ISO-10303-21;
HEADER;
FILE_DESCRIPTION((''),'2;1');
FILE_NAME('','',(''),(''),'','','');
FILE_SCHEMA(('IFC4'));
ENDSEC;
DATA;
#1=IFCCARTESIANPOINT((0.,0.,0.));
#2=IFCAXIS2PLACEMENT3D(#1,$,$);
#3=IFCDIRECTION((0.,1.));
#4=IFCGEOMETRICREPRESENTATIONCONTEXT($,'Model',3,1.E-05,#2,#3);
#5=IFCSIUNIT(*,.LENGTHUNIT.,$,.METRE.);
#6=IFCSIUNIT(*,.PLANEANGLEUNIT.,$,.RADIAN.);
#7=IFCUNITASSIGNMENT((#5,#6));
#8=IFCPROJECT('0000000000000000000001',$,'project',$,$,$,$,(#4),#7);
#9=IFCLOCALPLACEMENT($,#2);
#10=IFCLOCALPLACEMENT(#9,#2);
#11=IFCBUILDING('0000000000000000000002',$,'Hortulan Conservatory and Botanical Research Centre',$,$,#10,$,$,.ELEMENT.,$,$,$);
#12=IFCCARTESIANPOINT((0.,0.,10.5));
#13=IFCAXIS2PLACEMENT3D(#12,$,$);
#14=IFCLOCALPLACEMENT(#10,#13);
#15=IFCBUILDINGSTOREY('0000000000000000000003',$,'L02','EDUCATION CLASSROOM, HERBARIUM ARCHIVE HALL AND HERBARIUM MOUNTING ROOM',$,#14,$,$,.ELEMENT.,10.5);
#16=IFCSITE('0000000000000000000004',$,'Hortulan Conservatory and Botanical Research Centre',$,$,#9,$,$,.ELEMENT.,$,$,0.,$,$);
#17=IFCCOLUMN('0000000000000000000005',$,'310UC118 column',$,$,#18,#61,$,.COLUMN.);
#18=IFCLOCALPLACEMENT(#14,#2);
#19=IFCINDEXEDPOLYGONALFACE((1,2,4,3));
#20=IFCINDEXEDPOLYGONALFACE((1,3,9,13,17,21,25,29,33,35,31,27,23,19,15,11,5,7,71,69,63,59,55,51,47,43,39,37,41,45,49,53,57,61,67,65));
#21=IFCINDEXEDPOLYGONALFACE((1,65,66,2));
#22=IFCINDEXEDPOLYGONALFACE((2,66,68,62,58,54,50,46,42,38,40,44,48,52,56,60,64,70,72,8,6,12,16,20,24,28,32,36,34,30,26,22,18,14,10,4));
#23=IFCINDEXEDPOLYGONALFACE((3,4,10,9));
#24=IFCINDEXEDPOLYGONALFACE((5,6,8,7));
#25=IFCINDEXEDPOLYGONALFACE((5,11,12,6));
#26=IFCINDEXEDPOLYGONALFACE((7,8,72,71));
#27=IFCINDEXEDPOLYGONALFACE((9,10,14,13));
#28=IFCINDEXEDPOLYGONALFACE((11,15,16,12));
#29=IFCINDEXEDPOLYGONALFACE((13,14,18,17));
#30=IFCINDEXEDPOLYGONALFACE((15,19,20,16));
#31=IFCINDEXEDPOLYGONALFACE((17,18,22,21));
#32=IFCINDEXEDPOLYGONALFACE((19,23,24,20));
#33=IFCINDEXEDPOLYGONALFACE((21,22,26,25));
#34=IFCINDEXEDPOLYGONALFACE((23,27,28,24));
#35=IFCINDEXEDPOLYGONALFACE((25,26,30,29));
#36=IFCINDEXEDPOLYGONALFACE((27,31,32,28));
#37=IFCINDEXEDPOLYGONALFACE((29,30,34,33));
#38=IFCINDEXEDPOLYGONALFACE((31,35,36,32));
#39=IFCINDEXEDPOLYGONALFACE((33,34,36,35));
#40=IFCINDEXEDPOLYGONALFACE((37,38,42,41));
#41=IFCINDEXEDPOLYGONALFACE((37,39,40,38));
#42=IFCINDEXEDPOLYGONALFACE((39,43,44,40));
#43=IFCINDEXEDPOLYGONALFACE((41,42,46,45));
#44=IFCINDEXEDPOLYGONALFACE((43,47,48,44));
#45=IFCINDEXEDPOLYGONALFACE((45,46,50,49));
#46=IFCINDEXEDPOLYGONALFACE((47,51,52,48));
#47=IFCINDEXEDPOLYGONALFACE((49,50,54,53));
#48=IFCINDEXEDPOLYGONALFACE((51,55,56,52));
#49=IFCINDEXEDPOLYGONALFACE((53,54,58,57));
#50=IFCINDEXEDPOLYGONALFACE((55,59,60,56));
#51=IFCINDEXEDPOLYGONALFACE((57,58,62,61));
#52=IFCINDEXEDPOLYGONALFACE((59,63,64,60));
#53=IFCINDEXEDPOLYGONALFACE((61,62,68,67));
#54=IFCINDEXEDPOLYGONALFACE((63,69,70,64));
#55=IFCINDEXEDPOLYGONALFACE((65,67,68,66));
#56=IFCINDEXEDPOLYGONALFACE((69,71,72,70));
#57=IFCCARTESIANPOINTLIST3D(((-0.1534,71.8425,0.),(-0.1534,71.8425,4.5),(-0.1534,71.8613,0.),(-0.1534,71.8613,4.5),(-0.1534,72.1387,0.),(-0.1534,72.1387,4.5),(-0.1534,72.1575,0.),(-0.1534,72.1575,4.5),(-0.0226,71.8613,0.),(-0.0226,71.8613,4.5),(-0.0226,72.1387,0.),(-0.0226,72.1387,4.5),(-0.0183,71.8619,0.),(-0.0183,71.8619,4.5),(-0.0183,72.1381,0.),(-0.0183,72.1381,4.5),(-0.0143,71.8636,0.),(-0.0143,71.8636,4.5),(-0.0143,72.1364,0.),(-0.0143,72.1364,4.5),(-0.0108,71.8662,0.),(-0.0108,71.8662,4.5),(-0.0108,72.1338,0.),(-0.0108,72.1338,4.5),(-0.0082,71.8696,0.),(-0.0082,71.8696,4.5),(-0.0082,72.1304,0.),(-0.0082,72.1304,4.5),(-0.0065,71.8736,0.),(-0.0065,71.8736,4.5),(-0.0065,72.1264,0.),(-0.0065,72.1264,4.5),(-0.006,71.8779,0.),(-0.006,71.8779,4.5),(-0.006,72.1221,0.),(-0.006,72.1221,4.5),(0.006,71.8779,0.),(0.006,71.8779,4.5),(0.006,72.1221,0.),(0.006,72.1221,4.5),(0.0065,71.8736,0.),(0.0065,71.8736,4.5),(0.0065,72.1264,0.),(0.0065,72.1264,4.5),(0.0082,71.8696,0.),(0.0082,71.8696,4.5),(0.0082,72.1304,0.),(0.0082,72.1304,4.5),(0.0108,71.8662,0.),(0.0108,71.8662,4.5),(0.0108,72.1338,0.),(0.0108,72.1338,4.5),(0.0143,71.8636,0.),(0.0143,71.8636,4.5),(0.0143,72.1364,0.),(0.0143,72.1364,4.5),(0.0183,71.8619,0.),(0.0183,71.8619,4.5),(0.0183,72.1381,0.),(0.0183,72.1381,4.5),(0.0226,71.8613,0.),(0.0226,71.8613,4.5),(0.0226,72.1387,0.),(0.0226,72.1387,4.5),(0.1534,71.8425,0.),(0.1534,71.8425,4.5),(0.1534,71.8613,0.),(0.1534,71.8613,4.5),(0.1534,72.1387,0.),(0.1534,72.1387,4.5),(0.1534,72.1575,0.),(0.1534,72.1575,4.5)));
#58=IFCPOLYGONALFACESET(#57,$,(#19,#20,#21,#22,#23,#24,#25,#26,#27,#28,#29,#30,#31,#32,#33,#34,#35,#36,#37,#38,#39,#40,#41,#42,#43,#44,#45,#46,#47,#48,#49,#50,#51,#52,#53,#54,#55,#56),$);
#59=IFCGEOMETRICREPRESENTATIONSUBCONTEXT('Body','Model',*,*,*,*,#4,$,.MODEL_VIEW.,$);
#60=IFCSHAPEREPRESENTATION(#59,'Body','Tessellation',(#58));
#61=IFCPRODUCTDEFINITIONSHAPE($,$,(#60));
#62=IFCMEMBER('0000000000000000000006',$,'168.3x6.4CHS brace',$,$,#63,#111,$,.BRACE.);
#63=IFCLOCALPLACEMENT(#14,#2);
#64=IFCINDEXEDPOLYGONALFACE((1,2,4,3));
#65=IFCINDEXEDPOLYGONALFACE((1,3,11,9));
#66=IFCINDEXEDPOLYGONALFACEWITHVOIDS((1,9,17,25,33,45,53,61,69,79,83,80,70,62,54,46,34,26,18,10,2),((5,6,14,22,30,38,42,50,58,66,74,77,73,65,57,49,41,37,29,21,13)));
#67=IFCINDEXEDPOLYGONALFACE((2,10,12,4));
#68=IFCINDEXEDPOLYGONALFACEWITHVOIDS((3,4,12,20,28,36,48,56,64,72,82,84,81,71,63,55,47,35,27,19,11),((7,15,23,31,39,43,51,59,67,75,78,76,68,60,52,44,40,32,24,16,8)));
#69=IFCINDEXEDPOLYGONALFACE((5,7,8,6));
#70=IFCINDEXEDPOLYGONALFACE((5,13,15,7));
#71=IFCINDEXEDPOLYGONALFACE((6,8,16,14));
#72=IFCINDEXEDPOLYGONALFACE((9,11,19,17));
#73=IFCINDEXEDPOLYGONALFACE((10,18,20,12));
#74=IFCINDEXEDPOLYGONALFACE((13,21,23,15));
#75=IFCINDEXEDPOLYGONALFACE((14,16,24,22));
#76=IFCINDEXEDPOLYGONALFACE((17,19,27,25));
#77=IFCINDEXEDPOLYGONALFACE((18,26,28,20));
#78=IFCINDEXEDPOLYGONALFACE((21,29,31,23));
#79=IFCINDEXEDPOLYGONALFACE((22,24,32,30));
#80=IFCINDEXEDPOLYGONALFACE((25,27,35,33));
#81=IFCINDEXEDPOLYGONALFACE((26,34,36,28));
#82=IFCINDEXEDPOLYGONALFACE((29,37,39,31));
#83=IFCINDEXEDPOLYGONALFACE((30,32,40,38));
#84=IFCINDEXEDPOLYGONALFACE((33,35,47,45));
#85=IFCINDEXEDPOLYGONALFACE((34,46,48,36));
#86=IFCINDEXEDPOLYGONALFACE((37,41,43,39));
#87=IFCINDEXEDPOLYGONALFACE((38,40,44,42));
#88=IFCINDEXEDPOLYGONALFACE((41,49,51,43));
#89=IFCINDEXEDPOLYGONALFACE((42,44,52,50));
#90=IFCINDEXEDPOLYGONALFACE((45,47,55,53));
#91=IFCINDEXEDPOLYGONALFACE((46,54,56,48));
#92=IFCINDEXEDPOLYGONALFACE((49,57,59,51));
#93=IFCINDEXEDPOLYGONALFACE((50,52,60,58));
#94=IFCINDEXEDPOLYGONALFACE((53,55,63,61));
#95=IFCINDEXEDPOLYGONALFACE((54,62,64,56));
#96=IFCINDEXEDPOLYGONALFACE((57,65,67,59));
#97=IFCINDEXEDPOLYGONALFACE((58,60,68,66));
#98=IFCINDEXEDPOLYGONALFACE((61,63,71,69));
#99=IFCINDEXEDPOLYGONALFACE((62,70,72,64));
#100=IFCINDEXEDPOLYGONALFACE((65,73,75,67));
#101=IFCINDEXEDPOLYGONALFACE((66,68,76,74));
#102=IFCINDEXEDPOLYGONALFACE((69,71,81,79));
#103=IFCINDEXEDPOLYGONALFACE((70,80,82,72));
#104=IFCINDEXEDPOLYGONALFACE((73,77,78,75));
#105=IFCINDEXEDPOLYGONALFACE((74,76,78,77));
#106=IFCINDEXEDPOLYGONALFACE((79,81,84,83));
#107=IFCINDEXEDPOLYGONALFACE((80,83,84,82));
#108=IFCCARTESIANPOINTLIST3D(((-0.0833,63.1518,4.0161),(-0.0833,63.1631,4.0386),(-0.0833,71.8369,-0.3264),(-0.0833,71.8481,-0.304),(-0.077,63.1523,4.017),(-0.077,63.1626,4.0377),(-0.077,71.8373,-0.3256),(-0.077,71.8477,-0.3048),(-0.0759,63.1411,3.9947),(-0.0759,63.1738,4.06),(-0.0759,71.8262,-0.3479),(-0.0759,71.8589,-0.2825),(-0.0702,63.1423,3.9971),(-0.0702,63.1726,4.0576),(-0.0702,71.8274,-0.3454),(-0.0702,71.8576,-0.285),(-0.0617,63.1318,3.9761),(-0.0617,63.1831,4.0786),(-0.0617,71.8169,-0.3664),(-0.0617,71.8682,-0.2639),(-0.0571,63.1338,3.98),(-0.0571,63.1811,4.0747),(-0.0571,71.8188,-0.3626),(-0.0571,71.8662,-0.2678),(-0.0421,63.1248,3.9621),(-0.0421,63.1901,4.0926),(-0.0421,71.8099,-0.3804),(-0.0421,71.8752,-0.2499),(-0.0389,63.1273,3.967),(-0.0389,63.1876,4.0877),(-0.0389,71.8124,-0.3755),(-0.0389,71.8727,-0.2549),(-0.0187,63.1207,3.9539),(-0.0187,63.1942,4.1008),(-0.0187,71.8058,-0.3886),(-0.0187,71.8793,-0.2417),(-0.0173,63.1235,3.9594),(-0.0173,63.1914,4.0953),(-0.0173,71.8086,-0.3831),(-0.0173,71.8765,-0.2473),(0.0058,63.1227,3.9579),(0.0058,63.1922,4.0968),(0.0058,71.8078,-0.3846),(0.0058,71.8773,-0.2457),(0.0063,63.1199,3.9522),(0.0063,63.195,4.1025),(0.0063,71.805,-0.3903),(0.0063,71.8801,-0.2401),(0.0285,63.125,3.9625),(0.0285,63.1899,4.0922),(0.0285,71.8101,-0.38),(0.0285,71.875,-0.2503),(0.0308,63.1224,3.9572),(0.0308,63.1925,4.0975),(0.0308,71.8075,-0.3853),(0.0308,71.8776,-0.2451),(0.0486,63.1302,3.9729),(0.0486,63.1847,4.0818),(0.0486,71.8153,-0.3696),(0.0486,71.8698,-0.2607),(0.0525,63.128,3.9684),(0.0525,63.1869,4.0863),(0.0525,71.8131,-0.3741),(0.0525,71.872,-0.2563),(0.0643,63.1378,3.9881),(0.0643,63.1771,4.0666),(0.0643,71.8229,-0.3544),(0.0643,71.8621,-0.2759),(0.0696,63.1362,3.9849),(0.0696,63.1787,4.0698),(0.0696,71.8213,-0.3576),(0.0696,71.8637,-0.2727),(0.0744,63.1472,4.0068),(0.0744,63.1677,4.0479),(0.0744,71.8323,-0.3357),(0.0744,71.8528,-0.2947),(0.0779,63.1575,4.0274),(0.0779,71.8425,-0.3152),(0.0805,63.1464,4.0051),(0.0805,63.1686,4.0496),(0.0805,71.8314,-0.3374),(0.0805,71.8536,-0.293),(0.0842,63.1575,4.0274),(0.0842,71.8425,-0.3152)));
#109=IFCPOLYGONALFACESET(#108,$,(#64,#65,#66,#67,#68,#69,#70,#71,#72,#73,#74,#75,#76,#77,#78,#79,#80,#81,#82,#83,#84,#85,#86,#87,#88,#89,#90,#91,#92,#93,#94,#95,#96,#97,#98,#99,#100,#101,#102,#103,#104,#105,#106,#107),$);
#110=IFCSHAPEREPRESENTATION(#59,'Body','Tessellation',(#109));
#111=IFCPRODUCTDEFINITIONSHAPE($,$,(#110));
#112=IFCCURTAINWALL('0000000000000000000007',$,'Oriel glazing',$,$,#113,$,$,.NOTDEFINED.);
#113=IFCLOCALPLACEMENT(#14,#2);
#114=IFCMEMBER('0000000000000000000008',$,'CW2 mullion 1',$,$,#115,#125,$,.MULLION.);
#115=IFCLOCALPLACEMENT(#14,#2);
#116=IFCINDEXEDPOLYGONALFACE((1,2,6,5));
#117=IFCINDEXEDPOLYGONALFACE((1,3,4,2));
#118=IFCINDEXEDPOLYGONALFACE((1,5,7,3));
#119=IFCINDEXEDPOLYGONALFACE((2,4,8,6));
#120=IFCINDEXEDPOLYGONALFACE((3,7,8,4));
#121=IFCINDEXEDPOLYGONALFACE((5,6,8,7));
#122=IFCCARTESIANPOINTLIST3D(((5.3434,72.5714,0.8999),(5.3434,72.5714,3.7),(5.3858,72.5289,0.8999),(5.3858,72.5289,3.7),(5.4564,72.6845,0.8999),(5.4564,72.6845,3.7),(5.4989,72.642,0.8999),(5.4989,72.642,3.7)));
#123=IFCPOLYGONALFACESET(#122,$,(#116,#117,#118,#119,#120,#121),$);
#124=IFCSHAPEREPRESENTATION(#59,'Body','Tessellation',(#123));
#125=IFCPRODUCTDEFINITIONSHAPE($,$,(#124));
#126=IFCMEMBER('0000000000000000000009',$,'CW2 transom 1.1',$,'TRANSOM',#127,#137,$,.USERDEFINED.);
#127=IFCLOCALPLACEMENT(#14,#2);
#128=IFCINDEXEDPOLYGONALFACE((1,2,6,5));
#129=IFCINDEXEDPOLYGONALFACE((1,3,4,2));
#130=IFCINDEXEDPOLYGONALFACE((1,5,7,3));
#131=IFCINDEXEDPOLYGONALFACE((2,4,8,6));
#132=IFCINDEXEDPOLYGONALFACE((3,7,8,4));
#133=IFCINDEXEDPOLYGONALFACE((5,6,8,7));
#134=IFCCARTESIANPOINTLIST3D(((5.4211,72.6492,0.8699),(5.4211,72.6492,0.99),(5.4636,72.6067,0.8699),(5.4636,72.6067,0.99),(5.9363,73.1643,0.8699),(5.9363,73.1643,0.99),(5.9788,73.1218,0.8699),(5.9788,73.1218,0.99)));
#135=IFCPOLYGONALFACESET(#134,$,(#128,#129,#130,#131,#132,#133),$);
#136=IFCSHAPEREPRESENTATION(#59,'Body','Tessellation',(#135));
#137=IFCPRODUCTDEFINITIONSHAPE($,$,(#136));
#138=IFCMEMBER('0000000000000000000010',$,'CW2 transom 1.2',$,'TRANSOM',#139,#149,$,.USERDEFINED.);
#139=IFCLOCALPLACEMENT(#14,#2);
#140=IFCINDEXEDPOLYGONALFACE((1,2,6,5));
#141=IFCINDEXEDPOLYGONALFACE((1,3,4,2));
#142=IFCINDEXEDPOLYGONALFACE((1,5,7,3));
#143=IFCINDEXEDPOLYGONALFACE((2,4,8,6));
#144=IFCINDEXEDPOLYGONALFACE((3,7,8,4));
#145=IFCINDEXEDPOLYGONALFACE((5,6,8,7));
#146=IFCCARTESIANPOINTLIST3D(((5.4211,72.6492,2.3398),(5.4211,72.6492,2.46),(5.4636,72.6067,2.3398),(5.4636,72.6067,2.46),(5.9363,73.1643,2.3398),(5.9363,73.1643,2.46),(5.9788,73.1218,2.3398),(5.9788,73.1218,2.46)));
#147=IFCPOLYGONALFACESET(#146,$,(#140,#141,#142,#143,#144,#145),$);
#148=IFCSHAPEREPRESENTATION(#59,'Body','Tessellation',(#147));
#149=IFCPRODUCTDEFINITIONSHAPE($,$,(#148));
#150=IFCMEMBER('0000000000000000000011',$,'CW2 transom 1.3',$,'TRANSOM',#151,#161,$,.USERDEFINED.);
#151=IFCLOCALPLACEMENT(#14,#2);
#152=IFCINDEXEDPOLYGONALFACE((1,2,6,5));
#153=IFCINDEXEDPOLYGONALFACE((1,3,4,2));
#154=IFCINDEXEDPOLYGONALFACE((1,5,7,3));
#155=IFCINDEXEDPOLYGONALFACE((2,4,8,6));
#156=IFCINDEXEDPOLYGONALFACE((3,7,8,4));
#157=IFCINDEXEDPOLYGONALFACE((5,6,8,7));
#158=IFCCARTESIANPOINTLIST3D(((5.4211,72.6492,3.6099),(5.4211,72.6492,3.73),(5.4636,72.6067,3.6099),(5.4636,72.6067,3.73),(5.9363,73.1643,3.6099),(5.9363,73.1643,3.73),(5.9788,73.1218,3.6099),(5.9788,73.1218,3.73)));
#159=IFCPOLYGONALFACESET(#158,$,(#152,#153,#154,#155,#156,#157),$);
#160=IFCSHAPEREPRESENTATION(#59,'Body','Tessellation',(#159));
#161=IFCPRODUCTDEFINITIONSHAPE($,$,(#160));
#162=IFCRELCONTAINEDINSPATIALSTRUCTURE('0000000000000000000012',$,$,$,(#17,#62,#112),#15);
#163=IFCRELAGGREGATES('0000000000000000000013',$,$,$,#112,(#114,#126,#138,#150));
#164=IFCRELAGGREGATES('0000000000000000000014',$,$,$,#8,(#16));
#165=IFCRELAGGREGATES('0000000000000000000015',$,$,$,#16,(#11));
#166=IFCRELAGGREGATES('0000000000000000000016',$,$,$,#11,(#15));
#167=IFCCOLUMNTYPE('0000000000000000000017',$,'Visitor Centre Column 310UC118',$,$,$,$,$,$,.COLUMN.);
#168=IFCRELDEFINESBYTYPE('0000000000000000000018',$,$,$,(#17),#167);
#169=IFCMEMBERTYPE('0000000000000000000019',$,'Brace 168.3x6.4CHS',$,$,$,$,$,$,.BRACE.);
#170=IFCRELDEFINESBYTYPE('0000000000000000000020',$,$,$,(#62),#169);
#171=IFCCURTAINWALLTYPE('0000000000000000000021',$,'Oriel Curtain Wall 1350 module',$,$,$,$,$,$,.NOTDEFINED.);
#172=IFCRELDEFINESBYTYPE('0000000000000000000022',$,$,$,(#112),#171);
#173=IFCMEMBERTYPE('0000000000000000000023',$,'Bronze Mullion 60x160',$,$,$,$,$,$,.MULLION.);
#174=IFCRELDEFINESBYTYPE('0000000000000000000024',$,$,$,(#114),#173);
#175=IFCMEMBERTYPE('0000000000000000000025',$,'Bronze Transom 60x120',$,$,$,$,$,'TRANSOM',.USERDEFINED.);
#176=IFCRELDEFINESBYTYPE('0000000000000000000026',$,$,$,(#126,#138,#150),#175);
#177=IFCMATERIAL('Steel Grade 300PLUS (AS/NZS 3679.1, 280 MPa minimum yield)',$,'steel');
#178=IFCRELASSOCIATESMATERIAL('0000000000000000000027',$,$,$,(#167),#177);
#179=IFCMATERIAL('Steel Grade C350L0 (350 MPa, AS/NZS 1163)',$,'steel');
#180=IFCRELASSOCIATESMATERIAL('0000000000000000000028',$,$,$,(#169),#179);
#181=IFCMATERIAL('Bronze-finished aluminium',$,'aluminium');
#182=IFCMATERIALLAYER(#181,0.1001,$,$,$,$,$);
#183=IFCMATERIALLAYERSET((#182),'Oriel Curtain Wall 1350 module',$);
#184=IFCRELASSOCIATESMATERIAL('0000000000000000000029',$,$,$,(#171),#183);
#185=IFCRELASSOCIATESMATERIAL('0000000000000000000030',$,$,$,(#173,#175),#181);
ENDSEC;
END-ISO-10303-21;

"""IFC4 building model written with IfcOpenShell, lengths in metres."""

from ifc_helpers import new_model, si_unit, direction, frame, origin, origin_2d, place, context, subcontext, project, spatial, rectangle, hollow_circle, i_section, extrude, material, layer, layer_set, material_profile, profile_set, type_object, element, aggregate, save


model = new_model("IFC4")

# Units and contexts
model_context = context("Model", 3, precision=1e-05, world=origin(), true_north=direction((0.0, 1.0)))
body_context = subcontext(model_context, "Body", "Model", "MODEL_VIEW")
ifc_project = project(units=[si_unit("LENGTHUNIT", "METRE"), si_unit("PLANEANGLEUNIT", "RADIAN")], contexts=[model_context])

# Site, building, storey
site_placement = place(None, origin())
site = spatial("IfcSite", under=ifc_project, at=site_placement, Name="Hortulan Conservatory and Botanical Research Centre", CompositionType="ELEMENT", RefElevation=0.0)
building_placement = place(site_placement, origin())
building = spatial("IfcBuilding", under=site, at=building_placement, Name="Hortulan Conservatory and Botanical Research Centre", CompositionType="ELEMENT")
storey_placement = place(building_placement, frame((0.0, 0.0, 10.5)))
storey = spatial("IfcBuildingStorey", under=building, at=storey_placement, Name="L02", Description="EDUCATION CLASSROOM, HERBARIUM ARCHIVE HALL AND HERBARIUM MOUNTING ROOM", CompositionType="ELEMENT", Elevation=10.5)

# Column
ifc_material_1 = material(Name="Steel Grade 300PLUS (AS/NZS 3679.1, 280 MPa minimum yield)", Category="steel")
ifc_material_profile_1 = material_profile(ifc_material_1, i_section(OverallWidth=0.3069, OverallDepth=0.3149, WebThickness=0.012, FlangeThickness=0.0188, FilletRadius=0.0166, at=origin_2d()), Name="310UC118")
ifc_profile_set_1 = profile_set([ifc_material_profile_1], Name="Steel Grade 300PLUS (AS/NZS 3679.1, 280 MPa minimum yield)")
column_type = type_object("IfcColumnType", Name="Visitor Centre Column 310UC118", PredefinedType="COLUMN", material=ifc_profile_set_1)
column_placement = place(storey_placement, frame((0.0, 72.0, 0.0), z_axis=(0.0, 0.0, 1.0), x_axis=(1.0, 0.0, 0.0)))
element("IfcColumn", 1, at=column_placement, inside=storey, type_object=column_type, Name="310UC118 column", PredefinedType="COLUMN", context=body_context, shape_type="SweptSolid", body=[
    extrude(i_section(OverallWidth=0.3069, OverallDepth=0.3149, WebThickness=0.012, FlangeThickness=0.0188, FilletRadius=0.0166, at=origin_2d()), origin(), (0.0, 0.0, 1.0), 4.5),
])

# Member
ifc_material_2 = material(Name="Steel Grade C350L0 (350 MPa, AS/NZS 1163)", Category="steel")
ifc_material_profile_2 = material_profile(ifc_material_2, hollow_circle(Radius=0.0842, WallThickness=0.0063, at=origin_2d()), Name="168.3x6.4CHS")
ifc_profile_set_2 = profile_set([ifc_material_profile_2], Name="Steel Grade C350L0 (350 MPa, AS/NZS 1163)")
member_type_1 = type_object("IfcMemberType", Name="Brace 168.3x6.4CHS", PredefinedType="BRACE", material=ifc_profile_set_2)
member_1_placement = place(storey_placement, frame((0.0, 71.8425, -0.3152), z_axis=(0.0, -0.894427, 0.447214), x_axis=(1.0, 0.0, 0.0)))
element("IfcMember", 2, at=member_1_placement, inside=storey, type_object=member_type_1, Name="168.3x6.4CHS brace", PredefinedType="BRACE", context=body_context, shape_type="SweptSolid", body=[
    extrude(hollow_circle(Radius=0.0842, WallThickness=0.0063, at=origin_2d()), origin(), (0.0, 0.0, 1.0), 9.7102),
])

# Curtain wall, members
ifc_material_3 = material(Name="Bronze-finished aluminium", Category="aluminium")
ifc_layer_1 = layer(ifc_material_3, 0.1001)
ifc_layer_set_1 = layer_set([ifc_layer_1], Name="Oriel Curtain Wall 1350 module")
curtain_wall_type = type_object("IfcCurtainWallType", Name="Oriel Curtain Wall 1350 module", PredefinedType="NOTDEFINED", material=ifc_layer_set_1)
curtain_wall_placement = place(storey_placement, origin())
curtain_wall = element("IfcCurtainWall", 3, at=curtain_wall_placement, inside=storey, type_object=curtain_wall_type, Name="Oriel glazing", PredefinedType="NOTDEFINED")
ifc_material_profile_3 = material_profile(ifc_material_3, rectangle(XDim=0.0601, YDim=0.1599, at=origin_2d()), Name="Bronze Mullion 60x160")
ifc_profile_set_3 = profile_set([ifc_material_profile_3], Name="Bronze-finished aluminium")
member_type_2 = type_object("IfcMemberType", Name="Bronze Mullion 60x160", PredefinedType="MULLION", material=ifc_profile_set_3)
member_2_placement = place(storey_placement, frame((5.4211, 72.6067, 0.8999), z_axis=(0.0, 0.0, 1.0), x_axis=(-0.707107, 0.707107, 0.0)))
member_2 = element("IfcMember", 4, at=member_2_placement, type_object=member_type_2, Name="CW2 mullion 1", PredefinedType="MULLION", context=body_context, shape_type="SweptSolid", body=[
    extrude(rectangle(XDim=0.0601, YDim=0.1599, at=origin_2d()), origin(), (0.0, 0.0, 1.0), 2.8),
])
ifc_material_profile_4 = material_profile(ifc_material_3, rectangle(XDim=0.0601, YDim=0.1201, at=origin_2d()), Name="Bronze Transom 60x120")
ifc_profile_set_4 = profile_set([ifc_material_profile_4], Name="Bronze-finished aluminium")
member_type_3 = type_object("IfcMemberType", Name="Bronze Transom 60x120", ElementType="TRANSOM", PredefinedType="USERDEFINED", material=ifc_profile_set_4)
member_3_placement = place(storey_placement, frame((5.4424, 72.6279, 0.9299), z_axis=(0.707107, 0.707107, 0.0), x_axis=(-0.707107, 0.707107, 0.0)))
member_3 = element("IfcMember", 5, at=member_3_placement, type_object=member_type_3, Name="CW2 transom 1.1", ObjectType="TRANSOM", PredefinedType="USERDEFINED", context=body_context, shape_type="SweptSolid", body=[
    extrude(rectangle(XDim=0.0601, YDim=0.1201, at=origin_2d()), origin(), (0.0, 0.0, 1.0), 0.7285),
])
member_4_placement = place(storey_placement, frame((5.4424, 72.6279, 2.3999), z_axis=(0.707107, 0.707107, 0.0), x_axis=(-0.707107, 0.707107, 0.0)))
member_4 = element("IfcMember", 6, at=member_4_placement, type_object=member_type_3, Name="CW2 transom 1.2", ObjectType="TRANSOM", PredefinedType="USERDEFINED", context=body_context, shape_type="SweptSolid", body=[
    extrude(rectangle(XDim=0.0601, YDim=0.1201, at=origin_2d()), origin(), (0.0, 0.0, 1.0), 0.7285),
])
member_5_placement = place(storey_placement, frame((5.4424, 72.6279, 3.6699), z_axis=(0.707107, 0.707107, 0.0), x_axis=(-0.707107, 0.707107, 0.0)))
member_5 = element("IfcMember", 7, at=member_5_placement, type_object=member_type_3, Name="CW2 transom 1.3", ObjectType="TRANSOM", PredefinedType="USERDEFINED", context=body_context, shape_type="SweptSolid", body=[
    extrude(rectangle(XDim=0.0601, YDim=0.1201, at=origin_2d()), origin(), (0.0, 0.0, 1.0), 0.7285),
])
aggregate(curtain_wall, [member_2, member_3, member_4, member_5])

save(model, "model.ifc")
